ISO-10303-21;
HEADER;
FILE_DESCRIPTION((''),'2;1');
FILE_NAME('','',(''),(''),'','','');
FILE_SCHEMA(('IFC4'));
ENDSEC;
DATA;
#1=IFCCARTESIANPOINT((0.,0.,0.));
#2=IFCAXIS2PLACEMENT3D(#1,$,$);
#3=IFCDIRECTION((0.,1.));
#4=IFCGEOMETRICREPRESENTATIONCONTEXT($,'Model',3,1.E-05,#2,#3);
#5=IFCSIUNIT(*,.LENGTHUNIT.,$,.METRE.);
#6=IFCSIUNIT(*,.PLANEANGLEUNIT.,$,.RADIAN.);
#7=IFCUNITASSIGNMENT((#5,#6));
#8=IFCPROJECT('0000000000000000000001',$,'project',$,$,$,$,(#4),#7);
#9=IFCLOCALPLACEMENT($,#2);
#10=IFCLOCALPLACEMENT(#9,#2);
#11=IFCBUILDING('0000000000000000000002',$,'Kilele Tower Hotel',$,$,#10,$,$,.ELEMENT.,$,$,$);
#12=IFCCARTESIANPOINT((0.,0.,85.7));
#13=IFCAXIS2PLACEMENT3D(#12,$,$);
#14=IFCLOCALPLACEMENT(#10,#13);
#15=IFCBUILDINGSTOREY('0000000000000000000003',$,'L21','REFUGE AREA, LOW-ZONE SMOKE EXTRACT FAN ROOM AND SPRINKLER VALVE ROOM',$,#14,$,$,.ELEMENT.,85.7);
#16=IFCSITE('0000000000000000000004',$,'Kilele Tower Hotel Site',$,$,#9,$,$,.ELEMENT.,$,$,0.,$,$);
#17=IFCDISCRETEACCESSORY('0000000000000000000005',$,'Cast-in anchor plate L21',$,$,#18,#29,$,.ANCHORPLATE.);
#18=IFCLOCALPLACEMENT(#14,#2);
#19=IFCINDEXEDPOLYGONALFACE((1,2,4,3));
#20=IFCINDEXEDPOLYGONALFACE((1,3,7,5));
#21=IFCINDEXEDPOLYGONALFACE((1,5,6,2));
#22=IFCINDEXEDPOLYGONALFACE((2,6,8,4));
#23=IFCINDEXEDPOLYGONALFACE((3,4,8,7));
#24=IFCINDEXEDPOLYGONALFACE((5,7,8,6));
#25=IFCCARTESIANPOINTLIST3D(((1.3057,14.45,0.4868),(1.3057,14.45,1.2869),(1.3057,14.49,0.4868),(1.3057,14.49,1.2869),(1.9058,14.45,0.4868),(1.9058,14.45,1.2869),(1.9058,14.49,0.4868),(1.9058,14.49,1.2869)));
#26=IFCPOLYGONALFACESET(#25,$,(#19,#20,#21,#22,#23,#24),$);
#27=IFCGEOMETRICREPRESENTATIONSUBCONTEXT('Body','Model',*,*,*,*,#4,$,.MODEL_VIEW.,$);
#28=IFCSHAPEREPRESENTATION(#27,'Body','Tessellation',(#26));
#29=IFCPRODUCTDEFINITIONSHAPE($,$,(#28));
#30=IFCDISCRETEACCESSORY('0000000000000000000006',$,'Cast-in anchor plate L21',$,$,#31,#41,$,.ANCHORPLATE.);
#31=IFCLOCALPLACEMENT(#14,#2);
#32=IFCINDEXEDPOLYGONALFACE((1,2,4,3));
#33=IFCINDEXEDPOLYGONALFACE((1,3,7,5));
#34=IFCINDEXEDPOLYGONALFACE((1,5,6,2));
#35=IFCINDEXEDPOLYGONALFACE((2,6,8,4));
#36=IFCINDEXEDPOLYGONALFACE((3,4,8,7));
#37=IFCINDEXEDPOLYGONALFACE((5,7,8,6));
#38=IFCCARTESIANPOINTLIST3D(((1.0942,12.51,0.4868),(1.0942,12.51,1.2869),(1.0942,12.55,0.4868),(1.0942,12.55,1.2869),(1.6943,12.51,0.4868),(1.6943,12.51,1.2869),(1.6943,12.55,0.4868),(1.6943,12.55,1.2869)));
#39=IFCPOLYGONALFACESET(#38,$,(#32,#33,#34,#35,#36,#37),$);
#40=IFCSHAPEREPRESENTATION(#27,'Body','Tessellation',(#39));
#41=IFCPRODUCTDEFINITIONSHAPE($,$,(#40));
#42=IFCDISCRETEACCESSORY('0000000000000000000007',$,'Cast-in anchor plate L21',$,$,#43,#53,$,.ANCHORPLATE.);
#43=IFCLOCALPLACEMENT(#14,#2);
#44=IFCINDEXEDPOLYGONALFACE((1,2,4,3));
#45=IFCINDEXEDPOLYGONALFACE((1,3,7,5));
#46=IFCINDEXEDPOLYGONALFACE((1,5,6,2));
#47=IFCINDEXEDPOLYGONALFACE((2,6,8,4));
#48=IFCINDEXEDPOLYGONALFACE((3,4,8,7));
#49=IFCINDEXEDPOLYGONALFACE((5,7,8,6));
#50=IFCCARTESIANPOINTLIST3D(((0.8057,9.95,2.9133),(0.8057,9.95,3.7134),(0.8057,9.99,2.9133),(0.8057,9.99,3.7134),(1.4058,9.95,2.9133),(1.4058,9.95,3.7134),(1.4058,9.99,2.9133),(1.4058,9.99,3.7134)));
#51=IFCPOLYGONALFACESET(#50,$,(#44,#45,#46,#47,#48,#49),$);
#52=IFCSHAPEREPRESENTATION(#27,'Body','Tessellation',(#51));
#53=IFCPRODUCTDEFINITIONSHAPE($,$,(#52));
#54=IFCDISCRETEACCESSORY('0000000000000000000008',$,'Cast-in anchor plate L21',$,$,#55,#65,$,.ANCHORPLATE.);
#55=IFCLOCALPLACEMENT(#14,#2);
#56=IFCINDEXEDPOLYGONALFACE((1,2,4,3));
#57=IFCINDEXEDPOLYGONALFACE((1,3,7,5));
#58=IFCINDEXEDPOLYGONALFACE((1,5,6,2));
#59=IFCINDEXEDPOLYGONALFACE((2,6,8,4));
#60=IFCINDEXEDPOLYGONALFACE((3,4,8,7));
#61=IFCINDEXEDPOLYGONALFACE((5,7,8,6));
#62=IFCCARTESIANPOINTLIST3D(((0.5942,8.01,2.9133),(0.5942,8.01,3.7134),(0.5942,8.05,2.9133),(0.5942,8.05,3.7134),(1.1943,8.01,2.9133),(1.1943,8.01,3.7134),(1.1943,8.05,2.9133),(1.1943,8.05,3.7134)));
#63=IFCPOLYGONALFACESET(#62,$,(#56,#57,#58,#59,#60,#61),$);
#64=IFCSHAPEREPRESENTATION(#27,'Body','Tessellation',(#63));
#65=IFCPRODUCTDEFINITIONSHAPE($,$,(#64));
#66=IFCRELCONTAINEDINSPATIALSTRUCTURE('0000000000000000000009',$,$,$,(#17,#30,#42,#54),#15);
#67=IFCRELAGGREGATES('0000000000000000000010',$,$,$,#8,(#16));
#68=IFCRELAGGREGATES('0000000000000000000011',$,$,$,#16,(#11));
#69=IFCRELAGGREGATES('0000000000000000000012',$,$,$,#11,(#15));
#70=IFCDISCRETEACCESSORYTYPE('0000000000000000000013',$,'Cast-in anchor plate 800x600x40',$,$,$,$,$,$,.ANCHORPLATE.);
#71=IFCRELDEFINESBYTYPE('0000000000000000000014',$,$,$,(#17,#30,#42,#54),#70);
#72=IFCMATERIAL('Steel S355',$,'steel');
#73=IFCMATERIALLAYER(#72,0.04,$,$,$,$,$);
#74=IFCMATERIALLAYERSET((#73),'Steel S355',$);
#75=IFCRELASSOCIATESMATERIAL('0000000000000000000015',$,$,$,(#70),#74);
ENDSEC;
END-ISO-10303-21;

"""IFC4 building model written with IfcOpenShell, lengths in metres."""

from ifc_helpers import new_model, si_unit, direction, frame, origin, place, context, subcontext, project, spatial, polyline, outline, extrude, source, transform, mapped, material, layer, layer_set, type_object, element, save


model = new_model("IFC4")

# Units and contexts
model_context = context("Model", 3, precision=1e-05, world=origin(), true_north=direction((0.0, 1.0)))
body_context = subcontext(model_context, "Body", "Model", "MODEL_VIEW")
ifc_project = project(units=[si_unit("LENGTHUNIT", "METRE"), si_unit("PLANEANGLEUNIT", "RADIAN")], contexts=[model_context])

# Site, building, storey
site_placement = place(None, origin())
site = spatial("IfcSite", under=ifc_project, at=site_placement, Name="Kilele Tower Hotel Site", CompositionType="ELEMENT", RefElevation=0.0)
building_placement = place(site_placement, origin())
building = spatial("IfcBuilding", under=site, at=building_placement, Name="Kilele Tower Hotel", CompositionType="ELEMENT")
storey_placement = place(building_placement, frame((0.0, 0.0, 85.7)))
storey = spatial("IfcBuildingStorey", under=building, at=storey_placement, Name="L21", Description="REFUGE AREA, LOW-ZONE SMOKE EXTRACT FAN ROOM AND SPRINKLER VALVE ROOM", CompositionType="ELEMENT", Elevation=85.7)

# Discrete accessories
ifc_material_1 = material(Name="Steel S355", Category="steel")
ifc_layer_1 = layer(ifc_material_1, 0.04)
ifc_layer_set_1 = layer_set([ifc_layer_1], Name="Steel S355")
discrete_accessory_type_1 = type_object("IfcDiscreteAccessoryType", Name="Cast-in anchor plate 800x600x40", PredefinedType="ANCHORPLATE", material=ifc_layer_set_1)
shared_shape_1 = source(origin(), body_context, "Body", "SweptSolid", [
    extrude(outline(polyline([(0.0, 0.0), (0.04, 0.0), (0.04, 0.8), (0.0, 0.8), (0.0, 0.0)])), origin(), (0.0, 0.0, 1.0), 0.6001),
])
for number, where, z_axis, x_axis, name in (
    (1, (1.3057, 14.45, 0.4868), (1.0, 0.0, 0.0), (0.0, 1.0, 0.0), "Cast-in anchor plate L21"),
    (2, (1.6943, 12.55, 0.4868), (-1.0, 0.0, 0.0), (0.0, -1.0, 0.0), "Cast-in anchor plate L21"),
    (3, (0.8057, 9.95, 2.9133), (1.0, 0.0, 0.0), (0.0, 1.0, 0.0), "Cast-in anchor plate L21"),
    (4, (1.1943, 8.05, 2.9133), (-1.0, 0.0, 0.0), (0.0, -1.0, 0.0), "Cast-in anchor plate L21"),
):
    element("IfcDiscreteAccessory", number, at=place(storey_placement, frame(where, z_axis=z_axis, x_axis=x_axis)), inside=storey, type_object=discrete_accessory_type_1, Name=name, PredefinedType="ANCHORPLATE", context=body_context, shape_type="MappedRepresentation", body=[
        mapped(shared_shape_1, transform((0.0, 0.0, 0.0))),
    ])

save(model, "model.ifc")
